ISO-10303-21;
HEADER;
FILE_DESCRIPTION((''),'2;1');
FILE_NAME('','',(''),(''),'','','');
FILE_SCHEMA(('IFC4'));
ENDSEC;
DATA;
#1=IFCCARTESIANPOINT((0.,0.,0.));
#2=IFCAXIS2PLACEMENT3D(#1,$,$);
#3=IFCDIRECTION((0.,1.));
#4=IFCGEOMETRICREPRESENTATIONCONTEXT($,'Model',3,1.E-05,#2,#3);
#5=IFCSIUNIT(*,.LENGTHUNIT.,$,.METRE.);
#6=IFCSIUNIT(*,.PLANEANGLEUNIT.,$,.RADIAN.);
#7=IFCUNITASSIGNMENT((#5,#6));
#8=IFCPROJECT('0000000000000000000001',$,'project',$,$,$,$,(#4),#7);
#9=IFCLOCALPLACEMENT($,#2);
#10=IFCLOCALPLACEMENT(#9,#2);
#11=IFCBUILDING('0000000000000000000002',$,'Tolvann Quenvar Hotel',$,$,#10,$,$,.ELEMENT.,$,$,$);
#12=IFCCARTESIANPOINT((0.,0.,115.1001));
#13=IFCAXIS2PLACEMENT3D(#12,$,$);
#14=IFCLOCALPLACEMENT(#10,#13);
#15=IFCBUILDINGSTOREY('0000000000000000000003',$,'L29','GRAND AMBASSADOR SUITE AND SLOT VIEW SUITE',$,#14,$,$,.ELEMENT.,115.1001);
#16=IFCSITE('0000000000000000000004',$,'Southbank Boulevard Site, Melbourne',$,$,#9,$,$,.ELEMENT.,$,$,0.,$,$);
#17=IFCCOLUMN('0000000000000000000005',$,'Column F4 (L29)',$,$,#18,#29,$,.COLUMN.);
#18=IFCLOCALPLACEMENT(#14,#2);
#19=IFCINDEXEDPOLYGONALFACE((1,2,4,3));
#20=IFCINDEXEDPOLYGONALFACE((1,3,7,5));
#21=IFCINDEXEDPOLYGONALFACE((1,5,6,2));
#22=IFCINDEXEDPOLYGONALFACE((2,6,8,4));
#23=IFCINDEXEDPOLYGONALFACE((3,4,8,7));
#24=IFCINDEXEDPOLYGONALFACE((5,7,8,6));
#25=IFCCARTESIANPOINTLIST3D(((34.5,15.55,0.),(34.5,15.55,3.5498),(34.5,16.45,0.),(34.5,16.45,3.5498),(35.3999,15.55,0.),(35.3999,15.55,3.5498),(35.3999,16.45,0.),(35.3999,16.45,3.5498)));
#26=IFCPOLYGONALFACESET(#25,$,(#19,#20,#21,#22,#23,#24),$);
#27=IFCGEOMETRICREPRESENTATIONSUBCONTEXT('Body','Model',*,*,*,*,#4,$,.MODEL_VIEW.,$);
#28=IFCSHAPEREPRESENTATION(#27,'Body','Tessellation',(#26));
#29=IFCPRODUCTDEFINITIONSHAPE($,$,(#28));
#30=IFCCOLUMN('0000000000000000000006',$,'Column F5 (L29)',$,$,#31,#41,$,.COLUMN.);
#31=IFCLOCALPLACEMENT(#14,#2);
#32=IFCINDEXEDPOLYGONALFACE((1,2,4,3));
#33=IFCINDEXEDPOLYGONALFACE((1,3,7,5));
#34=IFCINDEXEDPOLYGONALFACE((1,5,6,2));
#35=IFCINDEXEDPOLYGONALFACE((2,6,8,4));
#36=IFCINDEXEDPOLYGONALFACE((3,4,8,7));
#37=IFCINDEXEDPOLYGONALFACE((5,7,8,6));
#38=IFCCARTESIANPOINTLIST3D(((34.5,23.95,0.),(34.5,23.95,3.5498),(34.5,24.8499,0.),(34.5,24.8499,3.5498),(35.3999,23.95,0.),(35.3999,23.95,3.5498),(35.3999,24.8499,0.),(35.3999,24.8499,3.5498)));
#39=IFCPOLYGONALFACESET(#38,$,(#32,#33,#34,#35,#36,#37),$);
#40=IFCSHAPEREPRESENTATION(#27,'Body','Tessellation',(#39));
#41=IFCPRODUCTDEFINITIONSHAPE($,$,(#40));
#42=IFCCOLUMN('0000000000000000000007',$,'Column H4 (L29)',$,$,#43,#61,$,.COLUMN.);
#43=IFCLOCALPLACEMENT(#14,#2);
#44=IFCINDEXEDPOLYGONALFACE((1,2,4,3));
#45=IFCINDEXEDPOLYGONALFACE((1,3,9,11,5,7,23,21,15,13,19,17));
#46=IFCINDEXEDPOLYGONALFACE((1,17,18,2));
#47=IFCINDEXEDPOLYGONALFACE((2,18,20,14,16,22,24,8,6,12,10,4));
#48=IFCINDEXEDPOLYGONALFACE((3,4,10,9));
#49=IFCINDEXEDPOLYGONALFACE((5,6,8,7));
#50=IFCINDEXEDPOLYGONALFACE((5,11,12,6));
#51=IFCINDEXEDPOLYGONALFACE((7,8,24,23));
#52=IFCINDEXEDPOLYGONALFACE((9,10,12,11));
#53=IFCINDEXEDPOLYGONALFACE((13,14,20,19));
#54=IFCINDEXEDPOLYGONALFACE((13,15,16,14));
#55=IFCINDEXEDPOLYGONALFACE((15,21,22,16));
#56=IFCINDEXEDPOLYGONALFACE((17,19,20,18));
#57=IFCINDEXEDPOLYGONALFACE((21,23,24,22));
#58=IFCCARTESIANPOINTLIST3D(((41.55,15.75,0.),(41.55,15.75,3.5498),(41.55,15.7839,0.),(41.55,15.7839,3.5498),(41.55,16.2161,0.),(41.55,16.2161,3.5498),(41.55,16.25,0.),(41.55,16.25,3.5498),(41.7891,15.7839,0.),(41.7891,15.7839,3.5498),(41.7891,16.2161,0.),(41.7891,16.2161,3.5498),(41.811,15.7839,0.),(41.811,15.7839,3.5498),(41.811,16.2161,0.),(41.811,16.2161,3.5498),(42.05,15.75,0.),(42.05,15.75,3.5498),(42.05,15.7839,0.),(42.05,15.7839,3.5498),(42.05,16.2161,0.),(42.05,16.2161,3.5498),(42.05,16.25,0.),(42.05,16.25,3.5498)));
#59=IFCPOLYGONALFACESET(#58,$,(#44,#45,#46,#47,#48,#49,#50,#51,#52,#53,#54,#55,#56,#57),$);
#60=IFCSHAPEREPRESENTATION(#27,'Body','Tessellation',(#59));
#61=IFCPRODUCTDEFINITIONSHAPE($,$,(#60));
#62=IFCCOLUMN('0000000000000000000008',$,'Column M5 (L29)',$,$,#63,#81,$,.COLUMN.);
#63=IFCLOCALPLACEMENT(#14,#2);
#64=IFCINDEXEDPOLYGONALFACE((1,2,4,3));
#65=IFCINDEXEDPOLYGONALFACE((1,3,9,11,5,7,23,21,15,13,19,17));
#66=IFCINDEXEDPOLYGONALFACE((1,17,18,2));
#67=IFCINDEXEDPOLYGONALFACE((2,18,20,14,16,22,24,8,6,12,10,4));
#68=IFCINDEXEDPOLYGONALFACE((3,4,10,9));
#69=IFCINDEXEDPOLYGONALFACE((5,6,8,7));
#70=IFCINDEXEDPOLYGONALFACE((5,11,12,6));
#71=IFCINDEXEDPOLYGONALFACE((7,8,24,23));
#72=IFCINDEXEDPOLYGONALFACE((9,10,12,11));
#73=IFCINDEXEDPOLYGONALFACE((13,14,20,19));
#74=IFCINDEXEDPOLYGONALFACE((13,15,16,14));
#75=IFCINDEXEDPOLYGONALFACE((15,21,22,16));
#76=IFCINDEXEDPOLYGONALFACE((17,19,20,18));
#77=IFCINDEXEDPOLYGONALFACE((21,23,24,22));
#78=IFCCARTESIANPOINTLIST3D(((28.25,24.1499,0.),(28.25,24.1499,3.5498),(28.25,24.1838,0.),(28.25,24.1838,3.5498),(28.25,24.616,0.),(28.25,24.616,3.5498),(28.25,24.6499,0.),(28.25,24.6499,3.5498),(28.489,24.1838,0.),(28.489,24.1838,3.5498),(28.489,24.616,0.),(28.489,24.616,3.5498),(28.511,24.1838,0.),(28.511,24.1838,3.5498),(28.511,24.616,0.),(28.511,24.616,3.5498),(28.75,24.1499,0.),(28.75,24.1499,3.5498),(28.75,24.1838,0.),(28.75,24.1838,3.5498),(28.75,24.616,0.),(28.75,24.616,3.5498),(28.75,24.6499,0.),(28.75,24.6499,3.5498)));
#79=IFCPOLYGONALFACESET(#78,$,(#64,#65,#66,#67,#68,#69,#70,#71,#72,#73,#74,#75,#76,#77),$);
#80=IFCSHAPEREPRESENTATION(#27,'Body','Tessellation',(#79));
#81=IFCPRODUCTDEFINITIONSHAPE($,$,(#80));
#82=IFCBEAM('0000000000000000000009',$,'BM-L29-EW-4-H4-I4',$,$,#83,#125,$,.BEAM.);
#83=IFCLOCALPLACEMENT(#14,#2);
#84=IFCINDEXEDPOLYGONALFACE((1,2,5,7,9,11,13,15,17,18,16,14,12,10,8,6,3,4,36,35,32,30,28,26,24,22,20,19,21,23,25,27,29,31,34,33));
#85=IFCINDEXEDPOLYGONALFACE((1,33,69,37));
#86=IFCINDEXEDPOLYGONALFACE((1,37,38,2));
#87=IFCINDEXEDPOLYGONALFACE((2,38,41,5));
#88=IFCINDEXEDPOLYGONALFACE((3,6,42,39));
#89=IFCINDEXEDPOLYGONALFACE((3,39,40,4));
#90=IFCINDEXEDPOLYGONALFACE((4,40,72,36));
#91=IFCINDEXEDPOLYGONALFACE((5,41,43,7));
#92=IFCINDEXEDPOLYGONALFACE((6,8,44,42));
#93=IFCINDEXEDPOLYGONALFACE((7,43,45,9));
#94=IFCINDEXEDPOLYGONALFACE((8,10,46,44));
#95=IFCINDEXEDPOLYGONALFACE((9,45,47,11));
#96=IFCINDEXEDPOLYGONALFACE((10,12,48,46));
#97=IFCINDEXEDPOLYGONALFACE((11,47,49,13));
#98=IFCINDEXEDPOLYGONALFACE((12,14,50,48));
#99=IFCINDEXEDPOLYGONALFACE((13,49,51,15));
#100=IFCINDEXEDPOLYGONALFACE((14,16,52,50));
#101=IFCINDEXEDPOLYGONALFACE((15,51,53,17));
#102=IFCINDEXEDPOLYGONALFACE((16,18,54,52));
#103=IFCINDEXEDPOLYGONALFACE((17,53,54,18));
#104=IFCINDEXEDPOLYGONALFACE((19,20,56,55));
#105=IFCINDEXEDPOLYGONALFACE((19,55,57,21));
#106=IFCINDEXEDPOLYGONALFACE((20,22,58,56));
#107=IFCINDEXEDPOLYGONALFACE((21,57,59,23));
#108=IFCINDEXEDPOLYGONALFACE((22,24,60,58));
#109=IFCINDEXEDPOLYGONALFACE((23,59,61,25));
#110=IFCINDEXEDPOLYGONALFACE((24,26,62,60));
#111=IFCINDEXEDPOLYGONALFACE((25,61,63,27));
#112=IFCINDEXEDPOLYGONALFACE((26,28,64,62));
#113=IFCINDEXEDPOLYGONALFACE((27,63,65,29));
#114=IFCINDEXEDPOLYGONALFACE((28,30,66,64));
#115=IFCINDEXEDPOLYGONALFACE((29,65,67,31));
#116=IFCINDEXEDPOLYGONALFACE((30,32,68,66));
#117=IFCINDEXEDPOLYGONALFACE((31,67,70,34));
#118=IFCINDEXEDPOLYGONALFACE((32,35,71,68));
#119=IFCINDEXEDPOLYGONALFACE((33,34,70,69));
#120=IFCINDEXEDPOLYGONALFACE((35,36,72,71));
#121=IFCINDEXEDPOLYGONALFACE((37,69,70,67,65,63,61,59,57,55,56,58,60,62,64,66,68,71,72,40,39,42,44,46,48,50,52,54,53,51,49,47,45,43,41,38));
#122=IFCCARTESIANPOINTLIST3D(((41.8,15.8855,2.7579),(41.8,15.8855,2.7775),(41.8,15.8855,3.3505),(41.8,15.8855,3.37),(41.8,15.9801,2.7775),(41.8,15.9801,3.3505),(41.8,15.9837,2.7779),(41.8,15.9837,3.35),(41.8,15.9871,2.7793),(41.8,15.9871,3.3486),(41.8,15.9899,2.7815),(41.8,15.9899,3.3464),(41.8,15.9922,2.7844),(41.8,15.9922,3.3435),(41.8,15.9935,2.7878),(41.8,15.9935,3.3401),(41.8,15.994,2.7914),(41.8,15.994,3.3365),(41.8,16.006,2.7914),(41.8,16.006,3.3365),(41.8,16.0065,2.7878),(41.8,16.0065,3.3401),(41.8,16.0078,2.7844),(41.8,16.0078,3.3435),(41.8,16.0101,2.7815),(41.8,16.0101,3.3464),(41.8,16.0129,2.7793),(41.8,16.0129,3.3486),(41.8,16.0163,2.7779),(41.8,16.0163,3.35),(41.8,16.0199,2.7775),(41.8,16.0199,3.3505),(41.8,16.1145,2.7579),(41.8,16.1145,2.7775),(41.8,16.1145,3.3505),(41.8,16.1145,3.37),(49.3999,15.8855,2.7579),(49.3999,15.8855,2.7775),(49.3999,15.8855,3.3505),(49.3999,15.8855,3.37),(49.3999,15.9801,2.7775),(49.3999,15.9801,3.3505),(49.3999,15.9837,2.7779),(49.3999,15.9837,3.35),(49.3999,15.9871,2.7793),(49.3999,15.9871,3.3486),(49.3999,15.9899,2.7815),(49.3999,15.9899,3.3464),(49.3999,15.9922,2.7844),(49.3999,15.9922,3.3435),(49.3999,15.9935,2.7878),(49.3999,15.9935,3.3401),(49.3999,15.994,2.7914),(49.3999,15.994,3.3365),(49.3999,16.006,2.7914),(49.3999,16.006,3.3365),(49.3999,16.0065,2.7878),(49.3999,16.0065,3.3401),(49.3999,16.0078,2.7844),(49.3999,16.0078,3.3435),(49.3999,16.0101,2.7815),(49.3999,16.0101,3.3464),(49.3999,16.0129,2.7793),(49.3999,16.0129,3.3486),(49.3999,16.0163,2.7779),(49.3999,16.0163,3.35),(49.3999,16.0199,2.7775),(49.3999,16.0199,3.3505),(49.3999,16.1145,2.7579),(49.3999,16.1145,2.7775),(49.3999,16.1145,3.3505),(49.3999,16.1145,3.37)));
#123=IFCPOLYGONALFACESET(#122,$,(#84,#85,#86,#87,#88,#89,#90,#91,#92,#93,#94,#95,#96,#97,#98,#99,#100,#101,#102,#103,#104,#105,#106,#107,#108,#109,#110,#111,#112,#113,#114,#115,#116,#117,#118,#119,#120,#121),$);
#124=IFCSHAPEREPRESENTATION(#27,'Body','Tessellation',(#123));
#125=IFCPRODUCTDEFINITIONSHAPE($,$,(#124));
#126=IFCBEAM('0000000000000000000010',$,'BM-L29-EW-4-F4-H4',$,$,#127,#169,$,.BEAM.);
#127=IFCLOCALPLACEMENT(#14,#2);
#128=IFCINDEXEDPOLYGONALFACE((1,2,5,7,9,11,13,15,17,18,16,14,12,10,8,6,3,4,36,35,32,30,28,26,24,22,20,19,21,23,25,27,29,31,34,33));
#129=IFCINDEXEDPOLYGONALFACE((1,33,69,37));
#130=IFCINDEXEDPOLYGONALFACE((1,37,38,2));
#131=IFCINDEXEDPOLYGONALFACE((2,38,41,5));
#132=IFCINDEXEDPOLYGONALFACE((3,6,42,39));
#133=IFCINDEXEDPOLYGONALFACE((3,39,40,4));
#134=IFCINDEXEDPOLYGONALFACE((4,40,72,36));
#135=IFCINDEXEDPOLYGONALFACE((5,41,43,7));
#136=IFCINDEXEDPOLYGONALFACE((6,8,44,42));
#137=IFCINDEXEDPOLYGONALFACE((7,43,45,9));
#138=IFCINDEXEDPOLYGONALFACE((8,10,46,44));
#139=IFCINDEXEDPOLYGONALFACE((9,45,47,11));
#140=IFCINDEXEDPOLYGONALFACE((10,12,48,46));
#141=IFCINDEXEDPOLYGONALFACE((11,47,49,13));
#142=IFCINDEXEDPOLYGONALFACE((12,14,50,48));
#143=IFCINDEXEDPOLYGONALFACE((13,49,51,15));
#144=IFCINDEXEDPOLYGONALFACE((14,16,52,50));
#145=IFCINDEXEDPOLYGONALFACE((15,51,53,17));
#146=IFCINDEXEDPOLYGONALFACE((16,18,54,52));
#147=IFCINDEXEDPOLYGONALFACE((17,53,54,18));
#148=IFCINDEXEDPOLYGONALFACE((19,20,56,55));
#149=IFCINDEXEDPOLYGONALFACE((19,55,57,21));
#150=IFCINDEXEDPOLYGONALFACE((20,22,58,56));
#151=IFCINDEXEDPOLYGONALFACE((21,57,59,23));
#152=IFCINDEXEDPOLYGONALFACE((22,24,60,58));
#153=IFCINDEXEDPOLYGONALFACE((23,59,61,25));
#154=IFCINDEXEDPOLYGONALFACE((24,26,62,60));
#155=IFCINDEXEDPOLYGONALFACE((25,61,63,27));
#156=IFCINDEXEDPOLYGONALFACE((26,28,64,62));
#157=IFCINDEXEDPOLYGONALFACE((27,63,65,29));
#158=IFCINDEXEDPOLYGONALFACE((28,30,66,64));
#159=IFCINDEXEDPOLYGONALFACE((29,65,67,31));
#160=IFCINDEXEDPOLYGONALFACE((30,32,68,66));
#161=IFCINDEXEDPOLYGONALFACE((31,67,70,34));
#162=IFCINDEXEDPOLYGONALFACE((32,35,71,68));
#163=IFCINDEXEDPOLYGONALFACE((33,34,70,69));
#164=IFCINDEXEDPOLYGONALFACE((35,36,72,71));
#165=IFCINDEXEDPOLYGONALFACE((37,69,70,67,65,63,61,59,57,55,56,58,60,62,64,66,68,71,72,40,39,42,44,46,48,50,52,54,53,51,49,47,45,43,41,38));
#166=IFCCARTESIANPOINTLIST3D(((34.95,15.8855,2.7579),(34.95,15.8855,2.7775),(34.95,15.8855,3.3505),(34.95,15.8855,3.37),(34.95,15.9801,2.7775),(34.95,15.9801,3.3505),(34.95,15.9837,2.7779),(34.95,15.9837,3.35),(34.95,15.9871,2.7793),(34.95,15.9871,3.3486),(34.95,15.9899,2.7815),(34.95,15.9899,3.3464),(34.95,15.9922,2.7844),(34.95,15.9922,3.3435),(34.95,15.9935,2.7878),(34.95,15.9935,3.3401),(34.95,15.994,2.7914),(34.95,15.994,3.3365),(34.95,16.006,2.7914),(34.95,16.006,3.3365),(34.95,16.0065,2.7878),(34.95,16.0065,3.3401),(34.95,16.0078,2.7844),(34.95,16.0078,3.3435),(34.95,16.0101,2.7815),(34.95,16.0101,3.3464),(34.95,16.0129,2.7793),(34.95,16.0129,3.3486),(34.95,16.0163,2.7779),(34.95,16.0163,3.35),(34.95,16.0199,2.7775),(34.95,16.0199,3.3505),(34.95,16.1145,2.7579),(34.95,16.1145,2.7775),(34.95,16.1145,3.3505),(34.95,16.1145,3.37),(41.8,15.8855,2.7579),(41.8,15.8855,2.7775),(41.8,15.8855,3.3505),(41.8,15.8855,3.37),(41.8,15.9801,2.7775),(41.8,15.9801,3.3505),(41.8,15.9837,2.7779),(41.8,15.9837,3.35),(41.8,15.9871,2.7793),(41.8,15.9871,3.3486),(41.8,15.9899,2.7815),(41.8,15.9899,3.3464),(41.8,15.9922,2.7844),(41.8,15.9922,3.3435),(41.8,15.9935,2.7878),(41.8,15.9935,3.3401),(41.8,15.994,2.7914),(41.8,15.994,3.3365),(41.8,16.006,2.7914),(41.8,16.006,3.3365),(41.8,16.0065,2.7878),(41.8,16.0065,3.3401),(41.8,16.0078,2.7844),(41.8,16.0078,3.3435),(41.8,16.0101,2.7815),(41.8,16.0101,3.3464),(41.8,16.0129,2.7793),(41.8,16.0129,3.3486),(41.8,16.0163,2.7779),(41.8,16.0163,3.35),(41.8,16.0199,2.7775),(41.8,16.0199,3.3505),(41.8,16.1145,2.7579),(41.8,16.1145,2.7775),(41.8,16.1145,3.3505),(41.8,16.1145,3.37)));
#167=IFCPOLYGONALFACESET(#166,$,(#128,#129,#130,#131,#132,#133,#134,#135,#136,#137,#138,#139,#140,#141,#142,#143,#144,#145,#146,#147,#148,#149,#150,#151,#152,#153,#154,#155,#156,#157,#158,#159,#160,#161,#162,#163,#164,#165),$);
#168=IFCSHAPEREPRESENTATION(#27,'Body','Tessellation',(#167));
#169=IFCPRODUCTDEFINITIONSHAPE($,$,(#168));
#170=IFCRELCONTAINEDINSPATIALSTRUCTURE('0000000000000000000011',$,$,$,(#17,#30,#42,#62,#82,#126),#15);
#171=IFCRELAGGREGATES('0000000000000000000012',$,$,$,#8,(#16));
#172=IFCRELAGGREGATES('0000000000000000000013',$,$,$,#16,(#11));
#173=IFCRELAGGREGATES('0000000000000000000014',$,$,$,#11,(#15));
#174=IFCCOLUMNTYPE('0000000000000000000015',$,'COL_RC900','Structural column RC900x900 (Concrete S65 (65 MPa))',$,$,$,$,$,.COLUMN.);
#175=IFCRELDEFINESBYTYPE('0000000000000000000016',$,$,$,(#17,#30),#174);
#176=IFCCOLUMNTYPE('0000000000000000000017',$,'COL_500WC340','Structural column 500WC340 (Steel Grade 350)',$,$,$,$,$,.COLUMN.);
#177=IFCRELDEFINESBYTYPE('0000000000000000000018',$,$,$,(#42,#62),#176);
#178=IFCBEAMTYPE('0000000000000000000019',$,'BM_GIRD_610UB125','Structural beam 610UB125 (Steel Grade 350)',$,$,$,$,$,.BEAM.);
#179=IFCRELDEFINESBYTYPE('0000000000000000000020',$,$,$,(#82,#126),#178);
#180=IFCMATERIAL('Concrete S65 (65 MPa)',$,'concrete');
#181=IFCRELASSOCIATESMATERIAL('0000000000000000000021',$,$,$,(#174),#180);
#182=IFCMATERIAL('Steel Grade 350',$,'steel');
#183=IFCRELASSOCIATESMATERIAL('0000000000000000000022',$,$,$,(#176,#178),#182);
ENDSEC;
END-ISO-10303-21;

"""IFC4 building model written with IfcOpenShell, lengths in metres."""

from ifc_helpers import new_model, si_unit, direction, frame, origin, origin_2d, place, context, subcontext, project, spatial, rectangle, i_section, extrude, source, transform, mapped, material, material_profile, profile_set, type_object, type_shapes, element, save


model = new_model("IFC4")

# Units and contexts
model_context = context("Model", 3, precision=1e-05, world=origin(), true_north=direction((0.0, 1.0)))
body_context = subcontext(model_context, "Body", "Model", "MODEL_VIEW")
ifc_project = project(units=[si_unit("LENGTHUNIT", "METRE"), si_unit("PLANEANGLEUNIT", "RADIAN")], contexts=[model_context])

# Site, building, storey
site_placement = place(None, origin())
site = spatial("IfcSite", under=ifc_project, at=site_placement, Name="Southbank Boulevard Site, Melbourne", CompositionType="ELEMENT", RefElevation=0.0)
building_placement = place(site_placement, origin())
building = spatial("IfcBuilding", under=site, at=building_placement, Name="Tolvann Quenvar Hotel", CompositionType="ELEMENT")
storey_placement = place(building_placement, frame((0.0, 0.0, 115.1001)))
storey = spatial("IfcBuildingStorey", under=building, at=storey_placement, Name="L29", Description="GRAND AMBASSADOR SUITE AND SLOT VIEW SUITE", CompositionType="ELEMENT", Elevation=115.1001)

# Columns
ifc_material_1 = material(Name="Concrete S65 (65 MPa)", Category="concrete")
ifc_material_profile_1 = material_profile(ifc_material_1, rectangle(XDim=0.8999, YDim=0.8999, at=origin_2d()), Name="RC900x900")
ifc_profile_set_1 = profile_set([ifc_material_profile_1], Name="Concrete S65 (65 MPa)")
column_type_1 = type_object("IfcColumnType", Name="COL_RC900", Description="Structural column RC900x900 (Concrete S65 (65 MPa))", PredefinedType="COLUMN", material=ifc_profile_set_1)
shared_shape_1 = source(origin(), body_context, "Body", "SweptSolid", [
    extrude(rectangle(XDim=0.8999, YDim=0.8999, at=origin_2d()), origin(), (0.0, 0.0, 1.0), 3.5498),
])
type_shapes(column_type_1, [shared_shape_1])
for number, where, z_axis, x_axis, name in (
    (1, (34.95, 16.0, 0.0), (0.0, 0.0, 1.0), (1.0, 0.0, 0.0), "Column F4 (L29)"),
    (2, (34.95, 24.3999, 0.0), (0.0, 0.0, 1.0), (1.0, 0.0, 0.0), "Column F5 (L29)"),
):
    element("IfcColumn", number, at=place(storey_placement, frame(where, z_axis=z_axis, x_axis=x_axis)), inside=storey, type_object=column_type_1, Name=name, PredefinedType="COLUMN", context=body_context, shape_type="MappedRepresentation", body=[
        mapped(shared_shape_1, transform((0.0, 0.0, 0.0), x_axis=(1.0, 0.0, 0.0), y_axis=(0.0, 1.0, 0.0), z_axis=(0.0, 0.0, 1.0), scale=1.0)),
    ])
ifc_material_2 = material(Name="Steel Grade 350", Category="steel")
ifc_material_profile_2 = material_profile(ifc_material_2, i_section(OverallWidth=0.5, OverallDepth=0.5, WebThickness=0.022, FlangeThickness=0.0339, at=origin_2d()), Name="500WC340")
ifc_profile_set_2 = profile_set([ifc_material_profile_2], Name="Steel Grade 350")
column_type_2 = type_object("IfcColumnType", Name="COL_500WC340", Description="Structural column 500WC340 (Steel Grade 350)", PredefinedType="COLUMN", material=ifc_profile_set_2)
shared_shape_2 = source(origin(), body_context, "Body", "SweptSolid", [
    extrude(i_section(OverallWidth=0.5, OverallDepth=0.5, WebThickness=0.022, FlangeThickness=0.0339, at=origin_2d()), origin(), (0.0, 0.0, 1.0), 3.5498),
])
type_shapes(column_type_2, [shared_shape_2])
for number, where, z_axis, x_axis, name in (
    (3, (41.8, 16.0, 0.0), (0.0, 0.0, 1.0), (1.0, 0.0, 0.0), "Column H4 (L29)"),
    (4, (28.5, 24.3999, 0.0), (0.0, 0.0, 1.0), (1.0, 0.0, 0.0), "Column M5 (L29)"),
):
    element("IfcColumn", number, at=place(storey_placement, frame(where, z_axis=z_axis, x_axis=x_axis)), inside=storey, type_object=column_type_2, Name=name, PredefinedType="COLUMN", context=body_context, shape_type="MappedRepresentation", body=[
        mapped(shared_shape_2, transform((0.0, 0.0, 0.0), x_axis=(1.0, 0.0, 0.0), y_axis=(0.0, 1.0, 0.0), z_axis=(0.0, 0.0, 1.0), scale=1.0)),
    ])

# Beams
ifc_material_profile_3 = material_profile(ifc_material_2, i_section(OverallWidth=0.229, OverallDepth=0.6121, WebThickness=0.012, FlangeThickness=0.0195, FilletRadius=0.0139, at=origin_2d()), Name="610UB125")
ifc_profile_set_3 = profile_set([ifc_material_profile_3], Name="Steel Grade 350")
beam_type_1 = type_object("IfcBeamType", Name="BM_GIRD_610UB125", Description="Structural beam 610UB125 (Steel Grade 350)", PredefinedType="BEAM", material=ifc_profile_set_3)
shared_shape_3 = source(origin(), body_context, "Body", "SweptSolid", [
    extrude(i_section(OverallWidth=0.229, OverallDepth=0.6121, WebThickness=0.012, FlangeThickness=0.0195, FilletRadius=0.0139, at=origin_2d()), origin(), (0.0, 0.0, 1.0), 7.5999),
])
beam_1_placement = place(storey_placement, frame((41.8, 16.0, 3.064), z_axis=(1.0, 0.0, 0.0), x_axis=(0.0, 1.0, 0.0)))
element("IfcBeam", 5, at=beam_1_placement, inside=storey, type_object=beam_type_1, Name="BM-L29-EW-4-H4-I4", PredefinedType="BEAM", context=body_context, shape_type="MappedRepresentation", body=[
    mapped(shared_shape_3, transform((0.0, 0.0, 0.0), x_axis=(1.0, 0.0, 0.0), y_axis=(0.0, 1.0, 0.0), z_axis=(0.0, 0.0, 1.0), scale=1.0)),
])
shared_shape_4 = source(origin(), body_context, "Body", "SweptSolid", [
    extrude(i_section(OverallWidth=0.229, OverallDepth=0.6121, WebThickness=0.012, FlangeThickness=0.0195, FilletRadius=0.0139, at=origin_2d()), origin(), (0.0, 0.0, 1.0), 6.8501),
])
for number, where, z_axis, x_axis, name in (
    (6, (34.95, 16.0, 3.064), (1.0, 0.0, 0.0), (0.0, 1.0, 0.0), "BM-L29-EW-4-F4-H4"),
):
    element("IfcBeam", number, at=place(storey_placement, frame(where, z_axis=z_axis, x_axis=x_axis)), inside=storey, type_object=beam_type_1, Name=name, PredefinedType="BEAM", context=body_context, shape_type="MappedRepresentation", body=[
        mapped(shared_shape_4, transform((0.0, 0.0, 0.0), x_axis=(1.0, 0.0, 0.0), y_axis=(0.0, 1.0, 0.0), z_axis=(0.0, 0.0, 1.0), scale=1.0)),
    ])

save(model, "model.ifc")
